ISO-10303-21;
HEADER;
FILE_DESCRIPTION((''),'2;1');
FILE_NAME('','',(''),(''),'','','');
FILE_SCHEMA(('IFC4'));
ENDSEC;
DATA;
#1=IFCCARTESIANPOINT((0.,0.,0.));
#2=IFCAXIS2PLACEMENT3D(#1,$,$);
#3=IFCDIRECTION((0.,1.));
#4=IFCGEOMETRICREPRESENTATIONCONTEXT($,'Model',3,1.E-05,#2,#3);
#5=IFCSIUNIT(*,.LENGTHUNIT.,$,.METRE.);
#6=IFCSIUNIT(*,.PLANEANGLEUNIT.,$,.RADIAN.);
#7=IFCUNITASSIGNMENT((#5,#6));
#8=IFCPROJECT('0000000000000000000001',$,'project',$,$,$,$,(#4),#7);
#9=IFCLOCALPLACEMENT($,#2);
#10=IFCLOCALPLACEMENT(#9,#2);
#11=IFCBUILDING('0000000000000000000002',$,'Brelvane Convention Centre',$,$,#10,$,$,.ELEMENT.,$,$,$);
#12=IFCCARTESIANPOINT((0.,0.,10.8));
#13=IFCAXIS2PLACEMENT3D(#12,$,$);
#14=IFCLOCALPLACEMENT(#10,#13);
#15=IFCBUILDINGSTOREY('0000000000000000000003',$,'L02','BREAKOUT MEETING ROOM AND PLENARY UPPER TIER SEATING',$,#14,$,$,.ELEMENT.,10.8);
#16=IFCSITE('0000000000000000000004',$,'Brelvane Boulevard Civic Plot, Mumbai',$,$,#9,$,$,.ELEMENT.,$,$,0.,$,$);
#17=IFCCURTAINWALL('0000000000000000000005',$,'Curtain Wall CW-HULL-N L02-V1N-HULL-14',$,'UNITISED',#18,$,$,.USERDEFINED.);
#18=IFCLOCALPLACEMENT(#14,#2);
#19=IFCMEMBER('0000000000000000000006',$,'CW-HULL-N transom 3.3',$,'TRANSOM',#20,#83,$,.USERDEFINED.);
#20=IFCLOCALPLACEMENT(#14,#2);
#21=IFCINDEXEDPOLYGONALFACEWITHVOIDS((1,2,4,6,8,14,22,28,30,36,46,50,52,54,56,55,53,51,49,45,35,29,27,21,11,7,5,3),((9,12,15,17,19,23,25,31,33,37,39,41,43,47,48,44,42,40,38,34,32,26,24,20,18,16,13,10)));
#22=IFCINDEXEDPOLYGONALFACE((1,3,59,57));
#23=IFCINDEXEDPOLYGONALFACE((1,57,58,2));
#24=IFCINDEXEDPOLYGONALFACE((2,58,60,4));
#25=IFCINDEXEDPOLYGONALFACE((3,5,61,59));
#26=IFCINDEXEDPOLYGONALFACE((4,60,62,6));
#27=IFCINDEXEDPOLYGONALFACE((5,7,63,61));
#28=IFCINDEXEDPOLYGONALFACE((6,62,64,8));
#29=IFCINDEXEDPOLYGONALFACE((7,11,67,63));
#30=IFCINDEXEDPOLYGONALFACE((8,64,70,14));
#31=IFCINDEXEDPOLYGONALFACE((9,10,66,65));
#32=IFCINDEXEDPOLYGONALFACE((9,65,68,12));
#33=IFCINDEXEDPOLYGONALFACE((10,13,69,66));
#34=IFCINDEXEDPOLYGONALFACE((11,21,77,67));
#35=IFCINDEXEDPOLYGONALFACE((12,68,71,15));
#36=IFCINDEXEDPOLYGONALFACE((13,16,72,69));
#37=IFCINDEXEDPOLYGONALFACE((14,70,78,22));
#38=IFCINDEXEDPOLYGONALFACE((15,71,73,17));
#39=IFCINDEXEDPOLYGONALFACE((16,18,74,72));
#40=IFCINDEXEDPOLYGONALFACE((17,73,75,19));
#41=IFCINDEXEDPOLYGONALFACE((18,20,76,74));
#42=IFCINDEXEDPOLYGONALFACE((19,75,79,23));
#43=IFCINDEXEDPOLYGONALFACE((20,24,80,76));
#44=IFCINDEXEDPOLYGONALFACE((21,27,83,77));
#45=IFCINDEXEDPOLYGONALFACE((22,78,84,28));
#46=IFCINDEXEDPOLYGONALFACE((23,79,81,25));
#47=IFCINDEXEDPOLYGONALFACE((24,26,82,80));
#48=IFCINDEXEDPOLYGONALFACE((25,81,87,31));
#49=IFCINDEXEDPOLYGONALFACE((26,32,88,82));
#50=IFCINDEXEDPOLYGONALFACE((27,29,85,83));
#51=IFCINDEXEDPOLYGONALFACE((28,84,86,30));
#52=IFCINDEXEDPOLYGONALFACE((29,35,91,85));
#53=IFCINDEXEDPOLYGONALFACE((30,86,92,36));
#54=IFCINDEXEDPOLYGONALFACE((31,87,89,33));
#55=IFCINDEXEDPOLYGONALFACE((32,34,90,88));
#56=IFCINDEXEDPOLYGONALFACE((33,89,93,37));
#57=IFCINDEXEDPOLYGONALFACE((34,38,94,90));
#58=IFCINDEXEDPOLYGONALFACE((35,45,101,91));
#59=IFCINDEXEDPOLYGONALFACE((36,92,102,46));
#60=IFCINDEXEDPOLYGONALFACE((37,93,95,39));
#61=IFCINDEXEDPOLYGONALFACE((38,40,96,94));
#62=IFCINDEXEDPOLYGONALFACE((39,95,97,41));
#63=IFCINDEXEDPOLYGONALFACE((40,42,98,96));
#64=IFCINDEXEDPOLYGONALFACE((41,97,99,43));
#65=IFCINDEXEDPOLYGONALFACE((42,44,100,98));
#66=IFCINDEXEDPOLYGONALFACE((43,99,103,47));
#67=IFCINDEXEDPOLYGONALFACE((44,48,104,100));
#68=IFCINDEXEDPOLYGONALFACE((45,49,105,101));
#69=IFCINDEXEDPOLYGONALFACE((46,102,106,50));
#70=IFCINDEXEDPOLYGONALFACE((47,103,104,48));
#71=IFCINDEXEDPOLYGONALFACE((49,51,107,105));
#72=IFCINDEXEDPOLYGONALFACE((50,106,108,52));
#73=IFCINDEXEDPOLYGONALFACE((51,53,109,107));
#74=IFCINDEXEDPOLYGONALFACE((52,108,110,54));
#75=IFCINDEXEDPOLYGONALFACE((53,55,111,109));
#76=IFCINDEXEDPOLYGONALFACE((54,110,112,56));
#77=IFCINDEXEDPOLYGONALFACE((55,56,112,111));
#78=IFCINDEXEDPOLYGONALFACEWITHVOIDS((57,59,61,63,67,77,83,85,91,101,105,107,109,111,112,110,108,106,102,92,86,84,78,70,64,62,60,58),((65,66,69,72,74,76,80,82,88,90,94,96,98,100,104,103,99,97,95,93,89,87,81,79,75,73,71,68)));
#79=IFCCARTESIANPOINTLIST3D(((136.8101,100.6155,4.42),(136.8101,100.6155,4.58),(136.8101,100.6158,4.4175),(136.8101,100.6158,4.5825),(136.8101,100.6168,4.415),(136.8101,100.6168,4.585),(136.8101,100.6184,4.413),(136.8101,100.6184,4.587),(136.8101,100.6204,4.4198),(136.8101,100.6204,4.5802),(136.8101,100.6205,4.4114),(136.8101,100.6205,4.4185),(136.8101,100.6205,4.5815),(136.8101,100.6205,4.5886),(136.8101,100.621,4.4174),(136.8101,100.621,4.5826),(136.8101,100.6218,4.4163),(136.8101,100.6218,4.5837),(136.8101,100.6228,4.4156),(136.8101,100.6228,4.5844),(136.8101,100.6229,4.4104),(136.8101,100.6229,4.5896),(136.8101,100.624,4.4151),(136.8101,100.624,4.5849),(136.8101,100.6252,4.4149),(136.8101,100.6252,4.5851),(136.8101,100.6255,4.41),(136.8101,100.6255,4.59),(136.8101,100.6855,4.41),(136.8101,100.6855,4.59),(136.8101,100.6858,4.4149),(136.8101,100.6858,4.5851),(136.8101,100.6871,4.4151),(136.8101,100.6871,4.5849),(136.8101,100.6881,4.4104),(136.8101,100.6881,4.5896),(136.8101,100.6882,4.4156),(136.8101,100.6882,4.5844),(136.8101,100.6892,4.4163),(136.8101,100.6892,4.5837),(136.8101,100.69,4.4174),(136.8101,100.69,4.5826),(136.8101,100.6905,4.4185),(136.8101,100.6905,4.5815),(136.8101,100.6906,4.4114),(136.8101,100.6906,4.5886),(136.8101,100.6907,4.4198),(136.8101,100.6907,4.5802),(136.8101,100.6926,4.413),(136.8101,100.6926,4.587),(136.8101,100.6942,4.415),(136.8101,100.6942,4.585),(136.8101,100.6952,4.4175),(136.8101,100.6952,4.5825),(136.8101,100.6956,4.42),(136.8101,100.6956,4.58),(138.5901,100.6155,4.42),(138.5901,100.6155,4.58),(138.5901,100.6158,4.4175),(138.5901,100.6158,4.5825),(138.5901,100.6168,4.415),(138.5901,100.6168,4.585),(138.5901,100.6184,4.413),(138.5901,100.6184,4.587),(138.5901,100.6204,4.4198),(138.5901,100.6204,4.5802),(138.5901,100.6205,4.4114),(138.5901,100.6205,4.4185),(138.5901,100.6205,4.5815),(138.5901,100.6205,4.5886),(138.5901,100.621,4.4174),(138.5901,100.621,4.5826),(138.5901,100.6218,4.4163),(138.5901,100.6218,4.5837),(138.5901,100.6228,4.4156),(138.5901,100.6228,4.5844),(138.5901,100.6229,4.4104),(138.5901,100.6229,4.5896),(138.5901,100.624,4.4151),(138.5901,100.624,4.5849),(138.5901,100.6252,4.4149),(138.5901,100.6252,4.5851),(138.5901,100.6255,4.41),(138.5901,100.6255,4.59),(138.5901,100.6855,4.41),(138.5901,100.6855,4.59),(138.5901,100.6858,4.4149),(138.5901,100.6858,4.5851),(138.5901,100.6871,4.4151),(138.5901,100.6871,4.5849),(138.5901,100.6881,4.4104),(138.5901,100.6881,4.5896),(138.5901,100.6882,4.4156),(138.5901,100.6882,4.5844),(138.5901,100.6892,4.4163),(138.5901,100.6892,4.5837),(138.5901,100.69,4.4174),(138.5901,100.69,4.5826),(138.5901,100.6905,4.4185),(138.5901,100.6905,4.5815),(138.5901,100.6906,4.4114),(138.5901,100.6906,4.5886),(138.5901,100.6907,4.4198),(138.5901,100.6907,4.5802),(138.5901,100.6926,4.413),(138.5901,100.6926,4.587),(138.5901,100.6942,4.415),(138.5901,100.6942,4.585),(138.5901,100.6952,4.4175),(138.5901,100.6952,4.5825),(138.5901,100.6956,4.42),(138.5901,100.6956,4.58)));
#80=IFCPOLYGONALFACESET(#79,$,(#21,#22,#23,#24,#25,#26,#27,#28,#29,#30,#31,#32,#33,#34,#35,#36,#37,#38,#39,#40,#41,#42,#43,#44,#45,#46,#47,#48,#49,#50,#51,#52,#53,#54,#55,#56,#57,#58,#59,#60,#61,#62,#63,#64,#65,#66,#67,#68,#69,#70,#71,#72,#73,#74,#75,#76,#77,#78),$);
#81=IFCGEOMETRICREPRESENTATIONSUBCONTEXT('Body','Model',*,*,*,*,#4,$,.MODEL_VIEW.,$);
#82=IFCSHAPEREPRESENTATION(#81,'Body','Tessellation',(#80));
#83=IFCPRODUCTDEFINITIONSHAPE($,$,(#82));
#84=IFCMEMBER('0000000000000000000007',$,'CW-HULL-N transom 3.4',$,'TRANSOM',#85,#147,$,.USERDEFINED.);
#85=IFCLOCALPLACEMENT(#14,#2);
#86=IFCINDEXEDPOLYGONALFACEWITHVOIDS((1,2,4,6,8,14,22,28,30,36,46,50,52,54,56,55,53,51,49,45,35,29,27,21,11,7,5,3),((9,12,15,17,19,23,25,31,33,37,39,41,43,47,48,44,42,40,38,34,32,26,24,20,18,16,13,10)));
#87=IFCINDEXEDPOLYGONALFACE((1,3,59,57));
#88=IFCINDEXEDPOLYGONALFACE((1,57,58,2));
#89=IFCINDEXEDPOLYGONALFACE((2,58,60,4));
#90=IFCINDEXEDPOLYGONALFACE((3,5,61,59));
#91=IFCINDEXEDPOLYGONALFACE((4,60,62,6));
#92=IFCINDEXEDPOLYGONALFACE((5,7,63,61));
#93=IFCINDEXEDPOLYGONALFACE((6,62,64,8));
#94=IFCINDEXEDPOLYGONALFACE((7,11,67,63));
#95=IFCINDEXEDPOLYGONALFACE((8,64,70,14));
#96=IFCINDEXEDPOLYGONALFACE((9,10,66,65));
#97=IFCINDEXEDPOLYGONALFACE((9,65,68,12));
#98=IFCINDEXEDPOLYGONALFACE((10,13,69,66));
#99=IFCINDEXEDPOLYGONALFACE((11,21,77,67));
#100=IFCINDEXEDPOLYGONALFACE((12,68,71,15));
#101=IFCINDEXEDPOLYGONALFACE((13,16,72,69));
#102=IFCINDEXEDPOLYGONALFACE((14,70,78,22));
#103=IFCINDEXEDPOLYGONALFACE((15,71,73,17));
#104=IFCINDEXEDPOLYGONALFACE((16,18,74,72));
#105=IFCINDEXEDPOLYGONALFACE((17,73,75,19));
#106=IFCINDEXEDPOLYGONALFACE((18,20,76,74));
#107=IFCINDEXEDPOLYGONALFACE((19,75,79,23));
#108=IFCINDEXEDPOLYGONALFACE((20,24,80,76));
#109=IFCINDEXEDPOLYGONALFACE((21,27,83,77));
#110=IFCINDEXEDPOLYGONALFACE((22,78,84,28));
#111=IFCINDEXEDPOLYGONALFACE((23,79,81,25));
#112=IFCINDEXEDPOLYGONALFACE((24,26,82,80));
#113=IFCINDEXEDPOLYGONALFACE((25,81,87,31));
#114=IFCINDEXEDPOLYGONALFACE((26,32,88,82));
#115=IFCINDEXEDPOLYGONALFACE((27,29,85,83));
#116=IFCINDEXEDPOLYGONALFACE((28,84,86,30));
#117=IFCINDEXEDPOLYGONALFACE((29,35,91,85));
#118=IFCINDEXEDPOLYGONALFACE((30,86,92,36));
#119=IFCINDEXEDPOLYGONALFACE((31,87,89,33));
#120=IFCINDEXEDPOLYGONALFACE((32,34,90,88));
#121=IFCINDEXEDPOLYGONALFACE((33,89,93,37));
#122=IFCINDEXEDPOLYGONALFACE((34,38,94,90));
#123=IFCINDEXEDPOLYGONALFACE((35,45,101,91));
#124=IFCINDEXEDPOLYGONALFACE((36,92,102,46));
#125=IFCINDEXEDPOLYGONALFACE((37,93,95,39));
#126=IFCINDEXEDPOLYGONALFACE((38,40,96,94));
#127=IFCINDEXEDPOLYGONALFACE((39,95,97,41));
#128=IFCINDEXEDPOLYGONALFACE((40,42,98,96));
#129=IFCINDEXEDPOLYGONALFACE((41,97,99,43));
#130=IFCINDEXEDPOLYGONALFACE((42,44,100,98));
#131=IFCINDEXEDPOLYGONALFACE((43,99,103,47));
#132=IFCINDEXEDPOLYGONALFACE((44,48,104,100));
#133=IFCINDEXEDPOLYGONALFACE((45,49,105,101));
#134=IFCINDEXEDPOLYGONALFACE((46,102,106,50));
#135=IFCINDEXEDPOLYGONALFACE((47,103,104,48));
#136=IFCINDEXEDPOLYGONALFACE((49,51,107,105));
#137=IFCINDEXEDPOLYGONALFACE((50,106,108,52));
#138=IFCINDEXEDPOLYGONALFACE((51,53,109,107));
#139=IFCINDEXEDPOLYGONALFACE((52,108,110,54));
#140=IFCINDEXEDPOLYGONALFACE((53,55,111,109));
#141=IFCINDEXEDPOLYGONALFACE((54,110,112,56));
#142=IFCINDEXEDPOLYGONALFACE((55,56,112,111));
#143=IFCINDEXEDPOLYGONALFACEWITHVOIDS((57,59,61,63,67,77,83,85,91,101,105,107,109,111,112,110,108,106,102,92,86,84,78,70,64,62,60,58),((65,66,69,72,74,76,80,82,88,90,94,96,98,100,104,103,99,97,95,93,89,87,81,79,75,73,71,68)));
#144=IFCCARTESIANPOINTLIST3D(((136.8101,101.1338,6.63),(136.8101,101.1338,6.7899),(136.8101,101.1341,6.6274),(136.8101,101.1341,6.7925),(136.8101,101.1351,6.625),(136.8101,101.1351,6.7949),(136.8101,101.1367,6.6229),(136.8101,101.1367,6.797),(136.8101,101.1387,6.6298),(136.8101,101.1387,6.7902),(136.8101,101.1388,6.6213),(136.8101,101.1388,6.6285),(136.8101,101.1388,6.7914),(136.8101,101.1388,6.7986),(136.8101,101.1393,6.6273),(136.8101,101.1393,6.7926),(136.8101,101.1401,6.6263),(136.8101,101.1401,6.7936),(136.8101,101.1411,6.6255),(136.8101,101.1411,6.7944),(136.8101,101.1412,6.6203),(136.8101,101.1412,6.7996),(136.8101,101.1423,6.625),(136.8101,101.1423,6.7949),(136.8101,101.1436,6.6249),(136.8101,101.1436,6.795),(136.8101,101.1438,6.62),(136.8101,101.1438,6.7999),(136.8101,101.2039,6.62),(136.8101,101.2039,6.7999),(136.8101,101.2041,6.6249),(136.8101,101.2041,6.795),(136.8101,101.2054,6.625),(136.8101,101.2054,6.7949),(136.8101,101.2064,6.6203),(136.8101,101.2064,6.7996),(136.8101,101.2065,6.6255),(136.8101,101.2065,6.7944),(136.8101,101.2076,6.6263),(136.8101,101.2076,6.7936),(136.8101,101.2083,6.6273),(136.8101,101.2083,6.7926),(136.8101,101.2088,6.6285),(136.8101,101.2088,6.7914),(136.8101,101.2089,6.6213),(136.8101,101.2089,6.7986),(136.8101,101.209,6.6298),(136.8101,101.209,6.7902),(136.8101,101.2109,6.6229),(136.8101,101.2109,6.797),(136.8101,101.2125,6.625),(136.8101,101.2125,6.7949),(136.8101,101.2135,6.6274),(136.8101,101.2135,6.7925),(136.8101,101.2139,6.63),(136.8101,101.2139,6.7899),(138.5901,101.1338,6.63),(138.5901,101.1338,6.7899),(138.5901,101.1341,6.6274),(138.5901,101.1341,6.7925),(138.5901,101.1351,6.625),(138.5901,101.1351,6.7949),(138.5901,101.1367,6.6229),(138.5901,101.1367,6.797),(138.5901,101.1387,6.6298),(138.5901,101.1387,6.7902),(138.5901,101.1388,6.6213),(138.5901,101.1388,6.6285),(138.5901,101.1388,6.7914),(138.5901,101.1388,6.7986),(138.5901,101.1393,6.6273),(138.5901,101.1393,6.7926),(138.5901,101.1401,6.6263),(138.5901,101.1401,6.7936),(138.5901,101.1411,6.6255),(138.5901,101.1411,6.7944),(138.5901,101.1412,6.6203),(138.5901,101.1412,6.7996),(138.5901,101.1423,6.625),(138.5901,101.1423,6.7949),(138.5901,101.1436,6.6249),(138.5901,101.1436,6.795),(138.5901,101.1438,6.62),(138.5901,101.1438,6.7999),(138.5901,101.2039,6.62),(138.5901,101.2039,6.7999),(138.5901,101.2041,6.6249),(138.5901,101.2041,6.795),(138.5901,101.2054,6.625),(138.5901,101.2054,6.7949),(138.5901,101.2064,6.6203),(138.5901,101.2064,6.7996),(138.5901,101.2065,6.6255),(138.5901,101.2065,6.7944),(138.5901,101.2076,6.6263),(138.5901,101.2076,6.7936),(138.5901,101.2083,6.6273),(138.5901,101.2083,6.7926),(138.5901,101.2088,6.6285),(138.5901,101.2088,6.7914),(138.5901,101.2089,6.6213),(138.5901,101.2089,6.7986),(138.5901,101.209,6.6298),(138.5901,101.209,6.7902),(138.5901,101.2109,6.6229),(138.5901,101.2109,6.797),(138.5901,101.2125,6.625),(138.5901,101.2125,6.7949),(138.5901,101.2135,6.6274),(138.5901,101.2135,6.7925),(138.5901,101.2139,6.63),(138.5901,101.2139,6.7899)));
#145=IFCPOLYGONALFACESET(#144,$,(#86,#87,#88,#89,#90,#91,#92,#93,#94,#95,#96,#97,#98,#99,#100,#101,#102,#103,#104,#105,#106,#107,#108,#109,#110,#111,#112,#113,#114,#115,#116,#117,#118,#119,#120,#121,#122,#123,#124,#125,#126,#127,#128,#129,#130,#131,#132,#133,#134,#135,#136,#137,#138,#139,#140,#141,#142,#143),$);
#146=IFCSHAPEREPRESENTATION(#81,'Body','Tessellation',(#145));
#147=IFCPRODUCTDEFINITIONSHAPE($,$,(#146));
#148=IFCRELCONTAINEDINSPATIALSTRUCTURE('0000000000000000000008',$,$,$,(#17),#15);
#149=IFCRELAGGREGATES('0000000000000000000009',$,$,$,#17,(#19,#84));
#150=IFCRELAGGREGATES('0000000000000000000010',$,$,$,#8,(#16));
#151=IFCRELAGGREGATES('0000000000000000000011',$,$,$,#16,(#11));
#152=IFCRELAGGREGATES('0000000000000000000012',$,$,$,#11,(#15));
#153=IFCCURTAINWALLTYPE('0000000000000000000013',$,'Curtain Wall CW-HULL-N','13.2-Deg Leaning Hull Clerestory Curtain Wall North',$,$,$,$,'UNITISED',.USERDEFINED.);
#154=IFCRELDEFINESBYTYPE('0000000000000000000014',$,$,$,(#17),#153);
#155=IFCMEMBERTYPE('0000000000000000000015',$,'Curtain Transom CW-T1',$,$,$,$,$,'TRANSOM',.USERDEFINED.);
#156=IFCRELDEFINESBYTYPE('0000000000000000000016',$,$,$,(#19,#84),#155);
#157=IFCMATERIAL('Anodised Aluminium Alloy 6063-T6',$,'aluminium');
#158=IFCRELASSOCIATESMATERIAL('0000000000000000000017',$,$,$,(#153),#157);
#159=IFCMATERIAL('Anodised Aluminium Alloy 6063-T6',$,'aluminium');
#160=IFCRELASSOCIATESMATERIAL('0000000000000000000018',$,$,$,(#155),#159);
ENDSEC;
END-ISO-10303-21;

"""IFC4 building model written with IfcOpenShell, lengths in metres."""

from ifc_helpers import new_model, si_unit, direction, frame, origin, origin_2d, place, context, subcontext, project, spatial, hollow_rectangle, extrude, material, material_profile, profile_set, type_object, element, aggregate, save


model = new_model("IFC4")

# Units and contexts
model_context = context("Model", 3, precision=1e-05, world=origin(), true_north=direction((0.0, 1.0)))
body_context = subcontext(model_context, "Body", "Model", "MODEL_VIEW")
ifc_project = project(units=[si_unit("LENGTHUNIT", "METRE"), si_unit("PLANEANGLEUNIT", "RADIAN")], contexts=[model_context])

# Site, building, storey
site_placement = place(None, origin())
site = spatial("IfcSite", under=ifc_project, at=site_placement, Name="Brelvane Boulevard Civic Plot, Mumbai", CompositionType="ELEMENT", RefElevation=0.0)
building_placement = place(site_placement, origin())
building = spatial("IfcBuilding", under=site, at=building_placement, Name="Brelvane Convention Centre", CompositionType="ELEMENT")
storey_placement = place(building_placement, frame((0.0, 0.0, 10.8)))
storey = spatial("IfcBuildingStorey", under=building, at=storey_placement, Name="L02", Description="BREAKOUT MEETING ROOM AND PLENARY UPPER TIER SEATING", CompositionType="ELEMENT", Elevation=10.8)

# Curtain wall, members
ifc_material_1 = material(Name="Anodised Aluminium Alloy 6063-T6", Category="aluminium")
curtain_wall_type_1 = type_object("IfcCurtainWallType", Name="Curtain Wall CW-HULL-N", Description="13.2-Deg Leaning Hull Clerestory Curtain Wall North", ElementType="UNITISED", PredefinedType="USERDEFINED", material=ifc_material_1)
ifc_material_2 = material(Name="Anodised Aluminium Alloy 6063-T6", Category="aluminium")
ifc_material_profile_1 = material_profile(ifc_material_2, hollow_rectangle(XDim=0.0801, YDim=0.1799, WallThickness=0.0049, InnerFilletRadius=0.0049, OuterFilletRadius=0.01, at=origin_2d()), Name="ALU-T 180x80x5.0")
ifc_profile_set_1 = profile_set([ifc_material_profile_1], Name="Anodised Aluminium Alloy 6063-T6")
member_type_1 = type_object("IfcMemberType", Name="Curtain Transom CW-T1", ElementType="TRANSOM", PredefinedType="USERDEFINED", material=ifc_profile_set_1)
curtain_wall_1_placement = place(storey_placement, origin())
curtain_wall_1 = element("IfcCurtainWall", 1, at=curtain_wall_1_placement, inside=storey, type_object=curtain_wall_type_1, Name="Curtain Wall CW-HULL-N L02-V1N-HULL-14", ObjectType="UNITISED", PredefinedType="USERDEFINED")
member_1_placement = place(storey_placement, frame((136.8101, 100.6555, 4.5), z_axis=(1.0, 0.0, 0.0), x_axis=(0.0, 1.0, 0.0)))
member_1 = element("IfcMember", 2, at=member_1_placement, type_object=member_type_1, Name="CW-HULL-N transom 3.3", ObjectType="TRANSOM", PredefinedType="USERDEFINED", context=body_context, shape_type="SweptSolid", body=[
    extrude(hollow_rectangle(XDim=0.0801, YDim=0.1799, WallThickness=0.0049, InnerFilletRadius=0.0049, OuterFilletRadius=0.01, at=origin_2d()), origin(), (0.0, 0.0, 1.0), 1.78),
])
member_2_placement = place(storey_placement, frame((136.8101, 101.1738, 6.71), z_axis=(1.0, 0.0, 0.0), x_axis=(0.0, 1.0, 0.0)))
member_2 = element("IfcMember", 3, at=member_2_placement, type_object=member_type_1, Name="CW-HULL-N transom 3.4", ObjectType="TRANSOM", PredefinedType="USERDEFINED", context=body_context, shape_type="SweptSolid", body=[
    extrude(hollow_rectangle(XDim=0.0801, YDim=0.1799, WallThickness=0.0049, InnerFilletRadius=0.0049, OuterFilletRadius=0.01, at=origin_2d()), origin(), (0.0, 0.0, 1.0), 1.78),
])

aggregate(curtain_wall_1, [member_1, member_2])

save(model, "model.ifc")
